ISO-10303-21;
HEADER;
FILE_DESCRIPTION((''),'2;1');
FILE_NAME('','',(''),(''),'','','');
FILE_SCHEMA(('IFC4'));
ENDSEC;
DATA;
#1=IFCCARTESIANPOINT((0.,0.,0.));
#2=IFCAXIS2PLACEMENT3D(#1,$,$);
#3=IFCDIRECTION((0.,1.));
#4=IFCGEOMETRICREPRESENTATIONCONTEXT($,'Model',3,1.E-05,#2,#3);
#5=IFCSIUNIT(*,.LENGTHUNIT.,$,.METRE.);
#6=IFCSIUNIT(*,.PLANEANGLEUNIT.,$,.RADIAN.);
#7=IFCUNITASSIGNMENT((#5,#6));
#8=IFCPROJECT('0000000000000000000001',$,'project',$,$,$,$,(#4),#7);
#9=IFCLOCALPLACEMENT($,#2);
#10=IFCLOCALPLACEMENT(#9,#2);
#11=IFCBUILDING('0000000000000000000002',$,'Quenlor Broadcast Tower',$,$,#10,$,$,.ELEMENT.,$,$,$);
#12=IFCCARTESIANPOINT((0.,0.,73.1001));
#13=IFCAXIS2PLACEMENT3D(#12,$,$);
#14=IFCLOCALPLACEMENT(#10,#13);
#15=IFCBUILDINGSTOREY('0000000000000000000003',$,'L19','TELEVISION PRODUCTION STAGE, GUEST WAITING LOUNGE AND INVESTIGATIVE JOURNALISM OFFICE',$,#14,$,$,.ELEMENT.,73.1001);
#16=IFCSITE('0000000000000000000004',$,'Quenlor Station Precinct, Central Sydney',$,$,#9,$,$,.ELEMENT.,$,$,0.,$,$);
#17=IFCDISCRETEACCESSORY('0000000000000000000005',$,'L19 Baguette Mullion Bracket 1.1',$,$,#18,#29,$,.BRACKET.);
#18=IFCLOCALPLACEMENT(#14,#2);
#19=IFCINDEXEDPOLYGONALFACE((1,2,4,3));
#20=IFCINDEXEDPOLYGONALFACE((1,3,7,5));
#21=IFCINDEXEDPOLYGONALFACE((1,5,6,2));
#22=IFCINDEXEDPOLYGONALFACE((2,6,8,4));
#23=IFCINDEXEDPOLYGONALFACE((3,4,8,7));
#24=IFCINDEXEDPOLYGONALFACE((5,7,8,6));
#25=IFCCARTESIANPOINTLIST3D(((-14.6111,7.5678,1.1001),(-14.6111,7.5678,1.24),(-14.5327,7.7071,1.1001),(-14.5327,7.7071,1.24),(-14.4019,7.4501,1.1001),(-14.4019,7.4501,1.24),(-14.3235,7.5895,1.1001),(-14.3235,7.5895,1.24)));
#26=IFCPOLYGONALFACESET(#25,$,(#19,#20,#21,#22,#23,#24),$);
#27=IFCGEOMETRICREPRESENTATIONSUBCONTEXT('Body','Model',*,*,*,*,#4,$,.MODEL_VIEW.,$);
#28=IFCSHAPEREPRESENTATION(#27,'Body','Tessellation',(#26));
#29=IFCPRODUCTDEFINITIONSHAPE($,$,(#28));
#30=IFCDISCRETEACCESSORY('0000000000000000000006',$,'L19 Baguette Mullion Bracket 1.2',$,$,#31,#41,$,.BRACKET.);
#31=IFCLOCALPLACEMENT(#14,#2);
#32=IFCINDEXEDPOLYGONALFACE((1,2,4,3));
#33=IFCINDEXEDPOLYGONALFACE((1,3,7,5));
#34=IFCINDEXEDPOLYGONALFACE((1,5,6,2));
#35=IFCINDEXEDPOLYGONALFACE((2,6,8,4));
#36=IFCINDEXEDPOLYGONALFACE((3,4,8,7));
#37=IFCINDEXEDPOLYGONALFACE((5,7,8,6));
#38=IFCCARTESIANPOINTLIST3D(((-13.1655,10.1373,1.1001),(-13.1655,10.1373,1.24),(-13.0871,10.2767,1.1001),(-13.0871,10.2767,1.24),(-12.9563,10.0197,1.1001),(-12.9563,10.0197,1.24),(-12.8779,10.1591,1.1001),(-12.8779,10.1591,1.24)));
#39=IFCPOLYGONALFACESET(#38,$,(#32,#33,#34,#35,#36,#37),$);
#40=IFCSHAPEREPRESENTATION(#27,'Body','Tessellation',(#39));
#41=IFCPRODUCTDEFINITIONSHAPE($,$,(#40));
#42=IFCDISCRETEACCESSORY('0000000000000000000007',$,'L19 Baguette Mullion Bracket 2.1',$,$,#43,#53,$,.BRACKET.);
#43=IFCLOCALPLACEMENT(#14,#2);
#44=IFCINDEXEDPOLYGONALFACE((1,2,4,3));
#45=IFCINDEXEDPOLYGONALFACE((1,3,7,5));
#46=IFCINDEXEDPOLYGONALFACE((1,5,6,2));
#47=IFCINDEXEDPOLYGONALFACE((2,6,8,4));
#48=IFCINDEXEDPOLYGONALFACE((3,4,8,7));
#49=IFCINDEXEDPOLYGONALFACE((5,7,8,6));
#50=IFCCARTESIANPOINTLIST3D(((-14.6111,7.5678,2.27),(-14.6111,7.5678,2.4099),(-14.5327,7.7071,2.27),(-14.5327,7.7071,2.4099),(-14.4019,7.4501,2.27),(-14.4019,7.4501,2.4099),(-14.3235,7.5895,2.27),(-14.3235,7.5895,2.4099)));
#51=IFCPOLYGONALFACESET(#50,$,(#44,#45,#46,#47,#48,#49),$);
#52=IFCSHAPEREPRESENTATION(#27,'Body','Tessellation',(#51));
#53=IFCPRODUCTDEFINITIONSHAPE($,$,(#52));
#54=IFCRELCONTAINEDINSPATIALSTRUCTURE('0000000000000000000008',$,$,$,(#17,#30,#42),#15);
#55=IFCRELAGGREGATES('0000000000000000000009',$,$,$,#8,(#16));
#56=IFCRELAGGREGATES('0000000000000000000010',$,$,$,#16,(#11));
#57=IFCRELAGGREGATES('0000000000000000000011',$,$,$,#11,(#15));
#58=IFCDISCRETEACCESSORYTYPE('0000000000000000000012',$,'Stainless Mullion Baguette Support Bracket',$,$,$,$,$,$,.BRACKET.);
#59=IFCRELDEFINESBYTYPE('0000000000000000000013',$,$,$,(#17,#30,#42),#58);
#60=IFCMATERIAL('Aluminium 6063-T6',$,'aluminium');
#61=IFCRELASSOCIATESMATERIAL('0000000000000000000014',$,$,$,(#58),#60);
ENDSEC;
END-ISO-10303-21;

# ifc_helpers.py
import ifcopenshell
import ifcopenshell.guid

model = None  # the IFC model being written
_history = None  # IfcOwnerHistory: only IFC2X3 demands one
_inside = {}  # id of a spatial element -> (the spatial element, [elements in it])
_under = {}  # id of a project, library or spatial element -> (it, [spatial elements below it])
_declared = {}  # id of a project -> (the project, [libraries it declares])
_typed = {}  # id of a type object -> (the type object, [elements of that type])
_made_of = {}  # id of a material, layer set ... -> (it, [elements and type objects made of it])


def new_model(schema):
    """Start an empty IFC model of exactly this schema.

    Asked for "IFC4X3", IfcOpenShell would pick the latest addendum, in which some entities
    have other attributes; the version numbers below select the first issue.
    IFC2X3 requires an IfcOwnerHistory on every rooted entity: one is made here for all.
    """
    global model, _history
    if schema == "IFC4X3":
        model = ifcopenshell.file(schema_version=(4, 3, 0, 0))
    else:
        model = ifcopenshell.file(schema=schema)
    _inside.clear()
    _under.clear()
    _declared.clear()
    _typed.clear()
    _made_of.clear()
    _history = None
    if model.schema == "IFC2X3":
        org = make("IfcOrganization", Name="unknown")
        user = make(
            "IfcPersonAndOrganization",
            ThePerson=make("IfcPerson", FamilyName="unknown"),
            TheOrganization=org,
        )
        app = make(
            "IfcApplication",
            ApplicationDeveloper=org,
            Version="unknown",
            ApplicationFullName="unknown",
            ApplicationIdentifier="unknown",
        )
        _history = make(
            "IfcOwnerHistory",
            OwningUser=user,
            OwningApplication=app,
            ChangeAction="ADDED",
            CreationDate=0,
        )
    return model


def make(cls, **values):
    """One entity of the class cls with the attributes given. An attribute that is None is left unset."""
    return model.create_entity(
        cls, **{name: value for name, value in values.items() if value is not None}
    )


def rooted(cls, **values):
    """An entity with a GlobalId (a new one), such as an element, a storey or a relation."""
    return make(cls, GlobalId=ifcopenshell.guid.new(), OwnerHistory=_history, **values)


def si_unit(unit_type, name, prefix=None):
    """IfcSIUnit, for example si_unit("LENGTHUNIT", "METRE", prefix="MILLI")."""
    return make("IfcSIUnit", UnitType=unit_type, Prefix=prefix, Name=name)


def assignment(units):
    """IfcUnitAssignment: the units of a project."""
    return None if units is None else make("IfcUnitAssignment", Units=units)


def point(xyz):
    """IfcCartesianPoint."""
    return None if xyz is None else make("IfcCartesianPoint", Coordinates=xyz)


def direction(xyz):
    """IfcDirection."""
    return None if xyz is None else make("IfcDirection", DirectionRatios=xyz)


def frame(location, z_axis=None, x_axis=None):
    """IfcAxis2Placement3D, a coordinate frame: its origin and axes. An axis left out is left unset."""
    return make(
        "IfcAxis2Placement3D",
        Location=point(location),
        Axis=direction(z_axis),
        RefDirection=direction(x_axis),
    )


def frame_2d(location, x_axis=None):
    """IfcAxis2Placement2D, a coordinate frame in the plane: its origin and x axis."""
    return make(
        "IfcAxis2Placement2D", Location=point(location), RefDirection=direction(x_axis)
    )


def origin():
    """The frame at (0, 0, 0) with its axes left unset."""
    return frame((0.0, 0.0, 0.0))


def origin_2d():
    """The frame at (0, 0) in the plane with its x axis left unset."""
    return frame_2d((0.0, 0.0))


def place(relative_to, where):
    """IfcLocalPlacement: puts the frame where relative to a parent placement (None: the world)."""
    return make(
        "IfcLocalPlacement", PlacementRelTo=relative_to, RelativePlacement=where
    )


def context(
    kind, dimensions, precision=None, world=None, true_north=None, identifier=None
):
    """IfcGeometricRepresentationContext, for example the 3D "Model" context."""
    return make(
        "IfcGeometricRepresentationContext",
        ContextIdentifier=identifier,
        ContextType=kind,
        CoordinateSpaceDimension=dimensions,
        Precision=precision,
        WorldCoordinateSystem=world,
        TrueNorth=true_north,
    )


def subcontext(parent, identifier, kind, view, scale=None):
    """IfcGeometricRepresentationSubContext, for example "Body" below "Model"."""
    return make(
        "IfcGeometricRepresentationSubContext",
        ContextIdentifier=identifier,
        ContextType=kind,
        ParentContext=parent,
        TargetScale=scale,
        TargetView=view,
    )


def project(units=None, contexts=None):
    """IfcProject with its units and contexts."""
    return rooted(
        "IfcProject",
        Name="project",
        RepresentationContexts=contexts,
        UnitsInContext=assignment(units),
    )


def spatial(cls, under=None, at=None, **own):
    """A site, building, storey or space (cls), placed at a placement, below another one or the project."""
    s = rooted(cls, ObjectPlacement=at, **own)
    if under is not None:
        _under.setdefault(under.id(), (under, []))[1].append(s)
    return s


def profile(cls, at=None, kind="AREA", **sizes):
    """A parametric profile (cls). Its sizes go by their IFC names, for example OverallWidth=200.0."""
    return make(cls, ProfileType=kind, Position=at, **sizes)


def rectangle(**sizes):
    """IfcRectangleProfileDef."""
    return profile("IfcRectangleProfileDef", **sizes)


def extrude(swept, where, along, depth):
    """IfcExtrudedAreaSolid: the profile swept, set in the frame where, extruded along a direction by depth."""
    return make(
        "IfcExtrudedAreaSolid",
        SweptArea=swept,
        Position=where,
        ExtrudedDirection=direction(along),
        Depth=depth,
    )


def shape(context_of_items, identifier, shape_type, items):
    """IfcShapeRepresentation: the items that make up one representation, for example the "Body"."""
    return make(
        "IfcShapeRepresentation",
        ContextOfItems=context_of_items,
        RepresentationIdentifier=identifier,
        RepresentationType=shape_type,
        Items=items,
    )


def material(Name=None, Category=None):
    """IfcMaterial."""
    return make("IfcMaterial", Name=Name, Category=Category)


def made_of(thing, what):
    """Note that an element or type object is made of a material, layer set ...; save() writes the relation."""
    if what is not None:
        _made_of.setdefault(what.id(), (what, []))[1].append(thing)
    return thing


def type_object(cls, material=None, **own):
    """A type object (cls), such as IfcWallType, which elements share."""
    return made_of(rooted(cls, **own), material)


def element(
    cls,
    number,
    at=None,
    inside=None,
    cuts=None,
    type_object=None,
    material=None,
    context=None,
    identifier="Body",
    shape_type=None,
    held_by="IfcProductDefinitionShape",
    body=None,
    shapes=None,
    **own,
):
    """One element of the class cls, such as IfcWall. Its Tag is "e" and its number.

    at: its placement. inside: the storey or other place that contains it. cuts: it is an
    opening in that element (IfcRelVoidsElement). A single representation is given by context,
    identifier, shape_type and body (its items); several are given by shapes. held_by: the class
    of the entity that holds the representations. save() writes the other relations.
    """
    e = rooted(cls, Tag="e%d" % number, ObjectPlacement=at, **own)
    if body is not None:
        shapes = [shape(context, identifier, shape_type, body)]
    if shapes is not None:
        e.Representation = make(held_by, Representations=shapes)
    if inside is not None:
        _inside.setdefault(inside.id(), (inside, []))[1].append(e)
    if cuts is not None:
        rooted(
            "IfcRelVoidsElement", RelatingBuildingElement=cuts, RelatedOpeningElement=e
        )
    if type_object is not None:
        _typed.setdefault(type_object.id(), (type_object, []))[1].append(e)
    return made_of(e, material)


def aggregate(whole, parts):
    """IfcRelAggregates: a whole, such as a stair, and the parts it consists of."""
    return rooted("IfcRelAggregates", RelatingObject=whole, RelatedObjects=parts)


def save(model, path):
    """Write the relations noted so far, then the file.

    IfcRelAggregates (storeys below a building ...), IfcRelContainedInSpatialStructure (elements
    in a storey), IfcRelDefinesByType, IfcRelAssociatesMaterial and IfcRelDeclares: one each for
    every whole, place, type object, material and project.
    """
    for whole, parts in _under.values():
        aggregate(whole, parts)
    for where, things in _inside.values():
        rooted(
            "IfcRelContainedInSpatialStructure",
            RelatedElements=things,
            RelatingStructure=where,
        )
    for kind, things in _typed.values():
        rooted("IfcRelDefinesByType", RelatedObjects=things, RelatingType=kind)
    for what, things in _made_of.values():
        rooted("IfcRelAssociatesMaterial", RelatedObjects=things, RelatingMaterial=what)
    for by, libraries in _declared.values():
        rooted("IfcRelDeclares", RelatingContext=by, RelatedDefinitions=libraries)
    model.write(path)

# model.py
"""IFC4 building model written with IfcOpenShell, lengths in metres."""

from ifc_helpers import new_model, si_unit, direction, frame, origin, origin_2d, place, context, subcontext, project, spatial, rectangle, extrude, material, type_object, element, save


model = new_model("IFC4")

# Units and contexts
model_context = context("Model", 3, precision=1e-05, world=origin(), true_north=direction((0.0, 1.0)))
body_context = subcontext(model_context, "Body", "Model", "MODEL_VIEW")
ifc_project = project(units=[si_unit("LENGTHUNIT", "METRE"), si_unit("PLANEANGLEUNIT", "RADIAN")], contexts=[model_context])

# Site, building, storey
site_placement = place(None, origin())
site = spatial("IfcSite", under=ifc_project, at=site_placement, Name="Quenlor Station Precinct, Central Sydney", CompositionType="ELEMENT", RefElevation=0.0)
building_placement = place(site_placement, origin())
building = spatial("IfcBuilding", under=site, at=building_placement, Name="Quenlor Broadcast Tower", CompositionType="ELEMENT")
storey_placement = place(building_placement, frame((0.0, 0.0, 73.1001)))
storey = spatial("IfcBuildingStorey", under=building, at=storey_placement, Name="L19", Description="TELEVISION PRODUCTION STAGE, GUEST WAITING LOUNGE AND INVESTIGATIVE JOURNALISM OFFICE", CompositionType="ELEMENT", Elevation=73.1001)

# Discrete accessories
ifc_material_1 = material(Name="Aluminium 6063-T6", Category="aluminium")
discrete_accessory_type = type_object("IfcDiscreteAccessoryType", Name="Stainless Mullion Baguette Support Bracket", PredefinedType="BRACKET", material=ifc_material_1)
for number, where, z_axis, x_axis, name in (
    (1, (-14.4673, 7.5786, 1.1001), (0.0, 0.0, 1.0), (0.490274, 0.871568, 0.0), "L19 Baguette Mullion Bracket 1.1"),
    (2, (-13.0217, 10.1482, 1.1001), (0.0, 0.0, 1.0), (0.490274, 0.871568, 0.0), "L19 Baguette Mullion Bracket 1.2"),
    (3, (-14.4673, 7.5786, 2.27), (0.0, 0.0, 1.0), (0.490274, 0.871568, 0.0), "L19 Baguette Mullion Bracket 2.1"),
):
    element("IfcDiscreteAccessory", number, at=place(storey_placement, frame(where, z_axis=z_axis, x_axis=x_axis)), inside=storey, type_object=discrete_accessory_type, Name=name, PredefinedType="BRACKET", context=body_context, shape_type="SweptSolid", body=[
        extrude(rectangle(XDim=0.1599, YDim=0.24, at=origin_2d()), origin(), (0.0, 0.0, 1.0), 0.1399),
    ])

save(model, "model.ifc")
